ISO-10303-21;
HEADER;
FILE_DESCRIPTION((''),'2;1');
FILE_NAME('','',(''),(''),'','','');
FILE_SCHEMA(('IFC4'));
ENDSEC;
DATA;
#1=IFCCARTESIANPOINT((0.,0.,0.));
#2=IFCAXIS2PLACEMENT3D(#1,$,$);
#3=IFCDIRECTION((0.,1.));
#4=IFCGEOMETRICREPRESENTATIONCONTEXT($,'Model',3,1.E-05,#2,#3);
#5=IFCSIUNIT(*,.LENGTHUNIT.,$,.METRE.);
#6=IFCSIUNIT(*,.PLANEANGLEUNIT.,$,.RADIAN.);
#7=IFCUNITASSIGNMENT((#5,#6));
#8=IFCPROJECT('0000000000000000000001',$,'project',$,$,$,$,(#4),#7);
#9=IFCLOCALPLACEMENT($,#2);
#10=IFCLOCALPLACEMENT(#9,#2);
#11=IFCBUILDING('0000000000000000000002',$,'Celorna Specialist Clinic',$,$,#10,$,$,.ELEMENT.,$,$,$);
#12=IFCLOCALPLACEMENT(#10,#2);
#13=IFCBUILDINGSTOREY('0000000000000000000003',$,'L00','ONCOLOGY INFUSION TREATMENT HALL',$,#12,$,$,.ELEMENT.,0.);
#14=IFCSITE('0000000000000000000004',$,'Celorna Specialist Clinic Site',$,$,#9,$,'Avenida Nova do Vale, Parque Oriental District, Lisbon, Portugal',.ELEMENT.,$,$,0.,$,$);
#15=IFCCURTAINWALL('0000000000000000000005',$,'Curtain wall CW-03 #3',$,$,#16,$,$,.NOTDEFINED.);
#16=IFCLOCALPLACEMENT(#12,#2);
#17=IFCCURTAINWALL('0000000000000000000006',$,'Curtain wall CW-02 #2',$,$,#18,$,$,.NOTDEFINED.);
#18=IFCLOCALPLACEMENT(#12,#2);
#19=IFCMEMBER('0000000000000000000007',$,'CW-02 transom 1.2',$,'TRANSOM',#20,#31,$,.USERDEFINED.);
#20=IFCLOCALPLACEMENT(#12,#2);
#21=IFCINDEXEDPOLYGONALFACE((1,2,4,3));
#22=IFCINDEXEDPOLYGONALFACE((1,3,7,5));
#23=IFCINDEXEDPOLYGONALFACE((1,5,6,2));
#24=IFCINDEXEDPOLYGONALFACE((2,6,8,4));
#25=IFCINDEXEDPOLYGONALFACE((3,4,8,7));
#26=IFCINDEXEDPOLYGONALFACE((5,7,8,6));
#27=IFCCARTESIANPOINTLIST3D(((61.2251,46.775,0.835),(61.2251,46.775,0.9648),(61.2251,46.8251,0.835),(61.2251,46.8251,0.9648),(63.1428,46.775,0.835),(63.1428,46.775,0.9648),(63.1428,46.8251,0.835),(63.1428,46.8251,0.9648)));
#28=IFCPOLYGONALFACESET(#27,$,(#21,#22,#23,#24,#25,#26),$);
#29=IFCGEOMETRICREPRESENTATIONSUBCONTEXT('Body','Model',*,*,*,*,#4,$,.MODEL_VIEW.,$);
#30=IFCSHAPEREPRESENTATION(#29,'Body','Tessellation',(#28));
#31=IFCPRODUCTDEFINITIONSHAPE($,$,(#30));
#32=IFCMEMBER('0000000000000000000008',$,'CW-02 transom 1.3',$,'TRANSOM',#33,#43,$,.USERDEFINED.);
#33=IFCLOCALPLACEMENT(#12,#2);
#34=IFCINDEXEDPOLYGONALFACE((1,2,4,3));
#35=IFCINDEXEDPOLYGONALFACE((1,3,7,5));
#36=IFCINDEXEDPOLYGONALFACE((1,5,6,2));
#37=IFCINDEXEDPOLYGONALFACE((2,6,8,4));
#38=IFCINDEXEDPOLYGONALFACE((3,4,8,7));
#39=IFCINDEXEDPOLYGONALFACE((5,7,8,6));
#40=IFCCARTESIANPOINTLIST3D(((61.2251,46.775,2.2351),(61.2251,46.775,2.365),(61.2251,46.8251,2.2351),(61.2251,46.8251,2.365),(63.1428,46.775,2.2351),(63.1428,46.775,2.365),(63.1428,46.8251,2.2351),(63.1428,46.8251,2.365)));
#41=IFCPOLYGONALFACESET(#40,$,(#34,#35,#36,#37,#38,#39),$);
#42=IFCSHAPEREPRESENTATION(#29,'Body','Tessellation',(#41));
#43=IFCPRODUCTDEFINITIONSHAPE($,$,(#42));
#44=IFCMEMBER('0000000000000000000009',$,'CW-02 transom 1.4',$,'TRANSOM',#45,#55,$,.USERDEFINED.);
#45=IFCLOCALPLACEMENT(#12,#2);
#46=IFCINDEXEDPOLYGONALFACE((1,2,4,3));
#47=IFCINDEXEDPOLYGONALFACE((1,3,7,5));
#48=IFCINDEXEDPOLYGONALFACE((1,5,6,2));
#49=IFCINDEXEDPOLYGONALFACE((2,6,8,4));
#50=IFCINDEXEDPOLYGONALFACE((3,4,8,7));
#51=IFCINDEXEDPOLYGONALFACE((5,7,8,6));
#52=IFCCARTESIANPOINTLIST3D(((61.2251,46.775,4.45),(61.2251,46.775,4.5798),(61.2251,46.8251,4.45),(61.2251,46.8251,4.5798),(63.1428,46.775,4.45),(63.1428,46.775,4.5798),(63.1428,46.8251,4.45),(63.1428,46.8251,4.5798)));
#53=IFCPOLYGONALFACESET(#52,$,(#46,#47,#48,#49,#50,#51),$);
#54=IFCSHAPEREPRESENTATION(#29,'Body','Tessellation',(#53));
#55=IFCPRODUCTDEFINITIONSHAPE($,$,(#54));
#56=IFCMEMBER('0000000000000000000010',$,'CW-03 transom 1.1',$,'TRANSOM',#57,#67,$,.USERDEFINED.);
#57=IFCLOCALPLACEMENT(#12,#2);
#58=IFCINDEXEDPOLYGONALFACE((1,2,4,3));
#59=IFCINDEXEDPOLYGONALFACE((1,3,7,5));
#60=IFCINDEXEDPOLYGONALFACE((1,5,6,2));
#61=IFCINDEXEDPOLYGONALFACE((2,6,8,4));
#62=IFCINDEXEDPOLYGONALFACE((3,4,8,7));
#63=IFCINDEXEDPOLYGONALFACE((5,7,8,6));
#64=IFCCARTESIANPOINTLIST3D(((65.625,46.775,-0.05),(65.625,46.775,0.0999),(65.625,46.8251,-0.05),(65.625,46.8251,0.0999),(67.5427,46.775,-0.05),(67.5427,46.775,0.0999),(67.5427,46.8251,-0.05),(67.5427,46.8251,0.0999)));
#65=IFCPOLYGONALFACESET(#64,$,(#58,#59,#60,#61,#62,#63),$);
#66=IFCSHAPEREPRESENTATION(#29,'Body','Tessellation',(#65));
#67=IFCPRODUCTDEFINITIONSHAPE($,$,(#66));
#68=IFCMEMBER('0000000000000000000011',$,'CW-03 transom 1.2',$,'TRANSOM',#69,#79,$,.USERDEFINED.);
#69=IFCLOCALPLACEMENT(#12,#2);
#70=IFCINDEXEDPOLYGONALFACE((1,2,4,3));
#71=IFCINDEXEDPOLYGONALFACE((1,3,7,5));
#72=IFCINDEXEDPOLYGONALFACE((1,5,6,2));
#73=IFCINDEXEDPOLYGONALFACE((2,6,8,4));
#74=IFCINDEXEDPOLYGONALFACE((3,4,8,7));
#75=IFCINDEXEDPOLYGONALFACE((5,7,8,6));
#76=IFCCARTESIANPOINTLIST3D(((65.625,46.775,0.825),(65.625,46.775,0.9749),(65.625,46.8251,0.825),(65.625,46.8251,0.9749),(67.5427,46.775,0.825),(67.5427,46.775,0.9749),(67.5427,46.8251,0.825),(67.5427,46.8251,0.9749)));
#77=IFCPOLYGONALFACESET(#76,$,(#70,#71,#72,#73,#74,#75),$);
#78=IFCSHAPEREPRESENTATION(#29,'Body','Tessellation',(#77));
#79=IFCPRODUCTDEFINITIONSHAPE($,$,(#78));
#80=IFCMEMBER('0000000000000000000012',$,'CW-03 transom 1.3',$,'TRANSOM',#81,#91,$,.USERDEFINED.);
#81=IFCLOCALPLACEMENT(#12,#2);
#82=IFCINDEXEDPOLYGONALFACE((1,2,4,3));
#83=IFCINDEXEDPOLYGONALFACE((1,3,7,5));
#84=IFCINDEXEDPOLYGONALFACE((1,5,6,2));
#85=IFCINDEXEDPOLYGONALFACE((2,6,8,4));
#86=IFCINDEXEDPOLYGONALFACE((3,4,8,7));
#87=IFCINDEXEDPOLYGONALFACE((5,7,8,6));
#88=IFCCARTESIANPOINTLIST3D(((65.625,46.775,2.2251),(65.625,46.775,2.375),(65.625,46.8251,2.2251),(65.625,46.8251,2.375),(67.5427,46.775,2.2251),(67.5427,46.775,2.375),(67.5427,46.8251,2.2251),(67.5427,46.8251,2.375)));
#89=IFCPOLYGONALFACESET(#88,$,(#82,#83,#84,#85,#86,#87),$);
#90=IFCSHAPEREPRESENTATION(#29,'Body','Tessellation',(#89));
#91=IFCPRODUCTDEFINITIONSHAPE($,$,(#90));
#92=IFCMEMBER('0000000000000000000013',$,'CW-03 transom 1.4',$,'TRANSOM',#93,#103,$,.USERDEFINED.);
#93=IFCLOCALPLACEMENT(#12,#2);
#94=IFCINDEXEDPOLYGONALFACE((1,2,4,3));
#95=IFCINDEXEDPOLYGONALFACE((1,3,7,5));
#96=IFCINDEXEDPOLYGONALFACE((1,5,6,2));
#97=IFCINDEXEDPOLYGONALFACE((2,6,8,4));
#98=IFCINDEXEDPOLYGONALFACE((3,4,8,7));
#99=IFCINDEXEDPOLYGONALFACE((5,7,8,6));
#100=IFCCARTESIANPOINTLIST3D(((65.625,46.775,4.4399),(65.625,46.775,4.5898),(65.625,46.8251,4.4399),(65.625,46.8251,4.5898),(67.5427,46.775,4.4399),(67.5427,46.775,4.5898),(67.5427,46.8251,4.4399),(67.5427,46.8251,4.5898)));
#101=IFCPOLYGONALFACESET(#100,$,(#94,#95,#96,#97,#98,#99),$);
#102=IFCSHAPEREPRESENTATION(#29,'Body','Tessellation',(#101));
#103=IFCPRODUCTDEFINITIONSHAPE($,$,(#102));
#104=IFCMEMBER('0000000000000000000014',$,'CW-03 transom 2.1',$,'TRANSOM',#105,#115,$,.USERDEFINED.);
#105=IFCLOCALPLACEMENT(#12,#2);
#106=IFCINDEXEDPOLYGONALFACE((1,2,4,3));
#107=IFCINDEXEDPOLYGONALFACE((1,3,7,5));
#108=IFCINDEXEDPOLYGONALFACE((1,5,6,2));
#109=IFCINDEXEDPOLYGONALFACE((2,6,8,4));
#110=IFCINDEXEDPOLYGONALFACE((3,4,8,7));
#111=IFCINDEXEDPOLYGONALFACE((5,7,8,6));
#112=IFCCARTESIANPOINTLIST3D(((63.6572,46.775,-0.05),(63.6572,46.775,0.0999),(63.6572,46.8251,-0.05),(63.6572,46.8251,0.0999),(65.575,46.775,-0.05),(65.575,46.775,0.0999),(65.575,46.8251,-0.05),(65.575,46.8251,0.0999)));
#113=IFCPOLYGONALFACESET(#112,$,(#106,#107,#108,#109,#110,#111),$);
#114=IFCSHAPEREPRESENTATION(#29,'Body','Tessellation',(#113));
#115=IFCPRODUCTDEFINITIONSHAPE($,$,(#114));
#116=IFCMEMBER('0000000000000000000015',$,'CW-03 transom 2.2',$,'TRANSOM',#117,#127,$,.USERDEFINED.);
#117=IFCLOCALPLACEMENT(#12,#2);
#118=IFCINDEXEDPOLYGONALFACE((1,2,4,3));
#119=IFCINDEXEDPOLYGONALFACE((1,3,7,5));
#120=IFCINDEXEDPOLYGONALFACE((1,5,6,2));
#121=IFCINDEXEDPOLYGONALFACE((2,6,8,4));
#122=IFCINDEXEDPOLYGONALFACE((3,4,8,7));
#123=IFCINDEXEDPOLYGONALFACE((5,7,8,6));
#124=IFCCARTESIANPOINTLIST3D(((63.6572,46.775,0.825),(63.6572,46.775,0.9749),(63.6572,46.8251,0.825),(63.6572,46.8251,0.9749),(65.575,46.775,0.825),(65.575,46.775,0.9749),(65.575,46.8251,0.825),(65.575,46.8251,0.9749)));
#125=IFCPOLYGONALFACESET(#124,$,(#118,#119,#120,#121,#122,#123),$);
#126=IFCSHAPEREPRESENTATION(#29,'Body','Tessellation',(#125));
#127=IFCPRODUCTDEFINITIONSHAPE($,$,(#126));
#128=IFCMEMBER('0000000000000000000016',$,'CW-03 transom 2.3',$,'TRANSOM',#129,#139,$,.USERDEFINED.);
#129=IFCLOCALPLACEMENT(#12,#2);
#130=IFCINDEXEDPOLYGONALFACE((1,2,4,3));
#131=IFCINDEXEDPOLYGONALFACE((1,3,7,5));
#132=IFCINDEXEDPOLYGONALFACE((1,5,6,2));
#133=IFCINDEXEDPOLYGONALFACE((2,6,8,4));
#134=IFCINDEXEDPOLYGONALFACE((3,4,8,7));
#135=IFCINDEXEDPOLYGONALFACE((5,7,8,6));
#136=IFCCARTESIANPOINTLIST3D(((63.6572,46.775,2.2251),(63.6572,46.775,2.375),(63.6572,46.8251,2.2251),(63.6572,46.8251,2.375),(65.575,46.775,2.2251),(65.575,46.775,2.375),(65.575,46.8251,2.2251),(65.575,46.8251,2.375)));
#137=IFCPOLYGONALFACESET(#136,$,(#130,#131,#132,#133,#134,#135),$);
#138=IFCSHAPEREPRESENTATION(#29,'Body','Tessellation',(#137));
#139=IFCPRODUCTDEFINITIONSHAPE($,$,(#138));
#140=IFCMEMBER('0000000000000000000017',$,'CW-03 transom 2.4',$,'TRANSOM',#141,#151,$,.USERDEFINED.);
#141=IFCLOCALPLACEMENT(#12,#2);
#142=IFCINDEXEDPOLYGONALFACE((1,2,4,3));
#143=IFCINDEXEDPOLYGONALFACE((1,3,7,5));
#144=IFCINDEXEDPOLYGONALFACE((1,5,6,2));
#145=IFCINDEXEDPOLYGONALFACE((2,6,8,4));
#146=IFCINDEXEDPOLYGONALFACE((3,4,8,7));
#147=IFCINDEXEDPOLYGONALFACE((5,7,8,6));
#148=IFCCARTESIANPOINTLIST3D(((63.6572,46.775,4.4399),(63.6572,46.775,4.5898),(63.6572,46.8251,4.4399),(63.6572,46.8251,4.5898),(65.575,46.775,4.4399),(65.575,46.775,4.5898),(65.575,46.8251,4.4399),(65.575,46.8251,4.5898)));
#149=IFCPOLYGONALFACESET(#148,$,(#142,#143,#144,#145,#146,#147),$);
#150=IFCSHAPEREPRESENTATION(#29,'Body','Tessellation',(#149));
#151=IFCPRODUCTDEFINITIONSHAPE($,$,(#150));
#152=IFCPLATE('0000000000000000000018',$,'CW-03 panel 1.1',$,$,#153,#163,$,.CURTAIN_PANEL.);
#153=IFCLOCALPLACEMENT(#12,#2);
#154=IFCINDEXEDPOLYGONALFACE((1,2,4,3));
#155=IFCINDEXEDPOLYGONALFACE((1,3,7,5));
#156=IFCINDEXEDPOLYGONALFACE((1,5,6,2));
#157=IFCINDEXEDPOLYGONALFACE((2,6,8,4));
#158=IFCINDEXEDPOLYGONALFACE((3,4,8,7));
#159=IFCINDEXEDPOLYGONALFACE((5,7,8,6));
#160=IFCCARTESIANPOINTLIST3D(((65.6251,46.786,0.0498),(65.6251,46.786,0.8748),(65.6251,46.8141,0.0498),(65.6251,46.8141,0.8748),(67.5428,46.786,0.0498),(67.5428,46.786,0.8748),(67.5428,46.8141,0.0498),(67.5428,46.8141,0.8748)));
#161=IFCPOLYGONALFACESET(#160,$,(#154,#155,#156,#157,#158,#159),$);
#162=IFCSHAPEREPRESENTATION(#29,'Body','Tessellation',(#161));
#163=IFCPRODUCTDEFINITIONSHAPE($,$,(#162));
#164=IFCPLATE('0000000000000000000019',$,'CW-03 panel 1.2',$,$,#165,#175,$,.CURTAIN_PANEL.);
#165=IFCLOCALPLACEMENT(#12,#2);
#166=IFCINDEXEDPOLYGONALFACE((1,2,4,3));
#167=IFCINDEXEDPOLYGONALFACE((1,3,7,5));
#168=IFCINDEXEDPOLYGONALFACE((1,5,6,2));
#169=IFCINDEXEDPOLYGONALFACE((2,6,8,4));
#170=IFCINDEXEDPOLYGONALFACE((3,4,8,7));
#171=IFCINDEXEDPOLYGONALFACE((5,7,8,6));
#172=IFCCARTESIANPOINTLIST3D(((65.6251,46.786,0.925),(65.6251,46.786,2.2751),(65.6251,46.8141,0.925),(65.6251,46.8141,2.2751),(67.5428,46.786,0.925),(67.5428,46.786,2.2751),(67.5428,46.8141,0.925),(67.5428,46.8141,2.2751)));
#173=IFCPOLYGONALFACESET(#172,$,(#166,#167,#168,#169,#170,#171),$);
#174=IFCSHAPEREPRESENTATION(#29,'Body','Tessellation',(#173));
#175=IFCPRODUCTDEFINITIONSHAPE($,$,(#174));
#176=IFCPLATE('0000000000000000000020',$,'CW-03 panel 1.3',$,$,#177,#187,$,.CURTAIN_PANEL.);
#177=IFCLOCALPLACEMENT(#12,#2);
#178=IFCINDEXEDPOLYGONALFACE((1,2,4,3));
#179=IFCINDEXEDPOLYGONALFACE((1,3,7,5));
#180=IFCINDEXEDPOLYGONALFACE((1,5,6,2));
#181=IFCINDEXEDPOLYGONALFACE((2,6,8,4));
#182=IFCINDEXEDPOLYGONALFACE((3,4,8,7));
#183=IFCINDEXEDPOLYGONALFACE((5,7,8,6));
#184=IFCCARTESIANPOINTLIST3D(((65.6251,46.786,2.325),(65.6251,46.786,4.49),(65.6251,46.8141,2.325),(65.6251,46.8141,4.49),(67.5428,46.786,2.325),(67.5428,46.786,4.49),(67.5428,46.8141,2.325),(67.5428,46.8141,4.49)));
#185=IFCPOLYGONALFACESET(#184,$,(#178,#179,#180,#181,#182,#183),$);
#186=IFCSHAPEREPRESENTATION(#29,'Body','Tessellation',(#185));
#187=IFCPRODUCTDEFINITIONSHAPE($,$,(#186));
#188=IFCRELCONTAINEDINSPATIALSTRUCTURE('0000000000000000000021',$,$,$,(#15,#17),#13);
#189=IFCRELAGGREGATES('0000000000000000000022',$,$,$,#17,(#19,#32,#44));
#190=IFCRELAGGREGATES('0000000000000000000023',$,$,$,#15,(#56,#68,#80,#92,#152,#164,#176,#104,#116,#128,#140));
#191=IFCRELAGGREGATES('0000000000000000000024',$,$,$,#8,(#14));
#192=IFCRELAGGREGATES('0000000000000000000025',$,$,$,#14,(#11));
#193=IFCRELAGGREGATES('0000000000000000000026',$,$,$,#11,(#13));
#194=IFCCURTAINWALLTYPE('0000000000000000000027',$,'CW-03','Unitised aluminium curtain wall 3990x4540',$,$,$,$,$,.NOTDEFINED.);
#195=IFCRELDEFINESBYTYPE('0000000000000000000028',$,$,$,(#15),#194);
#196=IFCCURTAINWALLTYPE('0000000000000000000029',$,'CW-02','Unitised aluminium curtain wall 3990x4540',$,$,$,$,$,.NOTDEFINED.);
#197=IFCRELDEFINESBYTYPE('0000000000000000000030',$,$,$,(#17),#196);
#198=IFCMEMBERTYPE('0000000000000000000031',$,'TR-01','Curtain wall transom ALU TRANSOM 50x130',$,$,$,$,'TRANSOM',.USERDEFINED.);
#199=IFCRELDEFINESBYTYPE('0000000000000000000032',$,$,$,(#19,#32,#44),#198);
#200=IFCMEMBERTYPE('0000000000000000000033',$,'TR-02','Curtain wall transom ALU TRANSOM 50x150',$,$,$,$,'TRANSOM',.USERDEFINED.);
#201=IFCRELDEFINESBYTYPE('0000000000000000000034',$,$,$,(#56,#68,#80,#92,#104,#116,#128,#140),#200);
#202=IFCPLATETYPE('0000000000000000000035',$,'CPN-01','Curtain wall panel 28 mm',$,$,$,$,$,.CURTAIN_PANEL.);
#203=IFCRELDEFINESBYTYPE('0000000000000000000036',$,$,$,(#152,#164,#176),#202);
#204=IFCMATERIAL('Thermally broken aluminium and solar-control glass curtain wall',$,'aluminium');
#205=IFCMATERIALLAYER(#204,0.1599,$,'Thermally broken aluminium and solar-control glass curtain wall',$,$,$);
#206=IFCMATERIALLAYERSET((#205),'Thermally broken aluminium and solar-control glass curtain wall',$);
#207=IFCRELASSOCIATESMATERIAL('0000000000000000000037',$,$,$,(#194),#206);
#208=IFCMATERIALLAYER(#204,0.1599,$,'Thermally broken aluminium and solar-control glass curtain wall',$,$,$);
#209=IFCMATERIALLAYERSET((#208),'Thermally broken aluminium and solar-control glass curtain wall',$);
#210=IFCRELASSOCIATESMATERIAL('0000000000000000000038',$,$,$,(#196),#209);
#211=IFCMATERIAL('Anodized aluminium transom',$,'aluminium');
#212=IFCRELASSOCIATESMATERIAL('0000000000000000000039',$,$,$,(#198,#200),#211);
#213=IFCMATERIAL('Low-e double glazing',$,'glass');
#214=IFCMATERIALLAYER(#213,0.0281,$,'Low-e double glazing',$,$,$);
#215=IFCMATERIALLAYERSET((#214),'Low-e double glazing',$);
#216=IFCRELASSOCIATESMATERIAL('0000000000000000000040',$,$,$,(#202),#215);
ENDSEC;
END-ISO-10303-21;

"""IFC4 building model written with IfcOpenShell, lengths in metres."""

from ifc_helpers import new_model, si_unit, direction, frame, origin, origin_2d, place, context, subcontext, project, spatial, rectangle, extrude, material, layer, layer_set, material_profile, profile_set, type_object, element, aggregate, save


model = new_model("IFC4")

# Units and contexts
model_context = context("Model", 3, precision=1e-05, world=origin(), true_north=direction((0.0, 1.0)))
body_context = subcontext(model_context, "Body", "Model", "MODEL_VIEW")
ifc_project = project(units=[si_unit("LENGTHUNIT", "METRE"), si_unit("PLANEANGLEUNIT", "RADIAN")], contexts=[model_context])

# Site, building, storey
site_placement = place(None, origin())
site = spatial("IfcSite", under=ifc_project, at=site_placement, Name="Celorna Specialist Clinic Site", LongName="Avenida Nova do Vale, Parque Oriental District, Lisbon, Portugal", CompositionType="ELEMENT", RefElevation=0.0)
building_placement = place(site_placement, origin())
building = spatial("IfcBuilding", under=site, at=building_placement, Name="Celorna Specialist Clinic", CompositionType="ELEMENT")
storey_placement = place(building_placement, origin())
storey = spatial("IfcBuildingStorey", under=building, at=storey_placement, Name="L00", Description="ONCOLOGY INFUSION TREATMENT HALL", CompositionType="ELEMENT", Elevation=0.0)

# Curtain walls, members
ifc_material_1 = material(Name="Thermally broken aluminium and solar-control glass curtain wall", Category="aluminium")
ifc_layer_1 = layer(ifc_material_1, 0.1599, Name="Thermally broken aluminium and solar-control glass curtain wall")
ifc_layer_set_1 = layer_set([ifc_layer_1], Name="Thermally broken aluminium and solar-control glass curtain wall")
curtain_wall_type_1 = type_object("IfcCurtainWallType", Name="CW-03", Description="Unitised aluminium curtain wall 3990x4540", PredefinedType="NOTDEFINED", material=ifc_layer_set_1)
curtain_wall_1_placement = place(storey_placement, origin())
curtain_wall_1 = element("IfcCurtainWall", 1, at=curtain_wall_1_placement, inside=storey, type_object=curtain_wall_type_1, Name="Curtain wall CW-03 #3", PredefinedType="NOTDEFINED")
ifc_layer_2 = layer(ifc_material_1, 0.1599, Name="Thermally broken aluminium and solar-control glass curtain wall")
ifc_layer_set_2 = layer_set([ifc_layer_2], Name="Thermally broken aluminium and solar-control glass curtain wall")
curtain_wall_type_2 = type_object("IfcCurtainWallType", Name="CW-02", Description="Unitised aluminium curtain wall 3990x4540", PredefinedType="NOTDEFINED", material=ifc_layer_set_2)
curtain_wall_2_placement = place(storey_placement, origin())
curtain_wall_2 = element("IfcCurtainWall", 2, at=curtain_wall_2_placement, inside=storey, type_object=curtain_wall_type_2, Name="Curtain wall CW-02 #2", PredefinedType="NOTDEFINED")
ifc_material_2 = material(Name="Anodized aluminium transom", Category="aluminium")
ifc_material_profile_1 = material_profile(ifc_material_2, rectangle(XDim=0.05, YDim=0.1299, at=origin_2d()), Name="ALU TRANSOM 50x130")
ifc_profile_set_1 = profile_set([ifc_material_profile_1], Name="Anodized aluminium transom")
member_type_1 = type_object("IfcMemberType", Name="TR-01", Description="Curtain wall transom ALU TRANSOM 50x130", ElementType="TRANSOM", PredefinedType="USERDEFINED", material=ifc_profile_set_1)
member_1_placement = place(storey_placement, frame((63.1428, 46.8, 0.8999), z_axis=(-1.0, 0.0, 0.0), x_axis=(0.0, -1.0, 0.0)))
member_1 = element("IfcMember", 3, at=member_1_placement, type_object=member_type_1, Name="CW-02 transom 1.2", ObjectType="TRANSOM", PredefinedType="USERDEFINED", context=body_context, shape_type="SweptSolid", body=[
    extrude(rectangle(XDim=0.05, YDim=0.1299, at=origin_2d()), origin(), (0.0, 0.0, 1.0), 1.9177),
])
member_2_placement = place(storey_placement, frame((63.1428, 46.8, 2.3), z_axis=(-1.0, 0.0, 0.0), x_axis=(0.0, -1.0, 0.0)))
member_2 = element("IfcMember", 4, at=member_2_placement, type_object=member_type_1, Name="CW-02 transom 1.3", ObjectType="TRANSOM", PredefinedType="USERDEFINED", context=body_context, shape_type="SweptSolid", body=[
    extrude(rectangle(XDim=0.05, YDim=0.1299, at=origin_2d()), origin(), (0.0, 0.0, 1.0), 1.9177),
])
member_3_placement = place(storey_placement, frame((63.1428, 46.8, 4.5149), z_axis=(-1.0, 0.0, 0.0), x_axis=(0.0, -1.0, 0.0)))
member_3 = element("IfcMember", 5, at=member_3_placement, type_object=member_type_1, Name="CW-02 transom 1.4", ObjectType="TRANSOM", PredefinedType="USERDEFINED", context=body_context, shape_type="SweptSolid", body=[
    extrude(rectangle(XDim=0.05, YDim=0.1299, at=origin_2d()), origin(), (0.0, 0.0, 1.0), 1.9177),
])
aggregate(curtain_wall_2, [member_1, member_2, member_3])

# Members
ifc_material_profile_2 = material_profile(ifc_material_2, rectangle(XDim=0.05, YDim=0.1499, at=origin_2d()), Name="ALU TRANSOM 50x150")
ifc_profile_set_2 = profile_set([ifc_material_profile_2], Name="Anodized aluminium transom")
member_type_2 = type_object("IfcMemberType", Name="TR-02", Description="Curtain wall transom ALU TRANSOM 50x150", ElementType="TRANSOM", PredefinedType="USERDEFINED", material=ifc_profile_set_2)
member_4_placement = place(storey_placement, frame((67.5427, 46.8, 0.0249), z_axis=(-1.0, 0.0, 0.0), x_axis=(0.0, -1.0, 0.0)))
member_4 = element("IfcMember", 6, at=member_4_placement, type_object=member_type_2, Name="CW-03 transom 1.1", ObjectType="TRANSOM", PredefinedType="USERDEFINED", context=body_context, shape_type="SweptSolid", body=[
    extrude(rectangle(XDim=0.05, YDim=0.1499, at=origin_2d()), origin(), (0.0, 0.0, 1.0), 1.9177),
])
member_5_placement = place(storey_placement, frame((67.5427, 46.8, 0.8999), z_axis=(-1.0, 0.0, 0.0), x_axis=(0.0, -1.0, 0.0)))
member_5 = element("IfcMember", 7, at=member_5_placement, type_object=member_type_2, Name="CW-03 transom 1.2", ObjectType="TRANSOM", PredefinedType="USERDEFINED", context=body_context, shape_type="SweptSolid", body=[
    extrude(rectangle(XDim=0.05, YDim=0.1499, at=origin_2d()), origin(), (0.0, 0.0, 1.0), 1.9177),
])
member_6_placement = place(storey_placement, frame((67.5427, 46.8, 2.3), z_axis=(-1.0, 0.0, 0.0), x_axis=(0.0, -1.0, 0.0)))
member_6 = element("IfcMember", 8, at=member_6_placement, type_object=member_type_2, Name="CW-03 transom 1.3", ObjectType="TRANSOM", PredefinedType="USERDEFINED", context=body_context, shape_type="SweptSolid", body=[
    extrude(rectangle(XDim=0.05, YDim=0.1499, at=origin_2d()), origin(), (0.0, 0.0, 1.0), 1.9177),
])
member_7_placement = place(storey_placement, frame((67.5427, 46.8, 4.5149), z_axis=(-1.0, 0.0, 0.0), x_axis=(0.0, -1.0, 0.0)))
member_7 = element("IfcMember", 9, at=member_7_placement, type_object=member_type_2, Name="CW-03 transom 1.4", ObjectType="TRANSOM", PredefinedType="USERDEFINED", context=body_context, shape_type="SweptSolid", body=[
    extrude(rectangle(XDim=0.05, YDim=0.1499, at=origin_2d()), origin(), (0.0, 0.0, 1.0), 1.9177),
])
member_8_placement = place(storey_placement, frame((65.575, 46.8, 0.0249), z_axis=(-1.0, 0.0, 0.0), x_axis=(0.0, -1.0, 0.0)))
member_8 = element("IfcMember", 10, at=member_8_placement, type_object=member_type_2, Name="CW-03 transom 2.1", ObjectType="TRANSOM", PredefinedType="USERDEFINED", context=body_context, shape_type="SweptSolid", body=[
    extrude(rectangle(XDim=0.05, YDim=0.1499, at=origin_2d()), origin(), (0.0, 0.0, 1.0), 1.9177),
])
member_9_placement = place(storey_placement, frame((65.575, 46.8, 0.8999), z_axis=(-1.0, 0.0, 0.0), x_axis=(0.0, -1.0, 0.0)))
member_9 = element("IfcMember", 11, at=member_9_placement, type_object=member_type_2, Name="CW-03 transom 2.2", ObjectType="TRANSOM", PredefinedType="USERDEFINED", context=body_context, shape_type="SweptSolid", body=[
    extrude(rectangle(XDim=0.05, YDim=0.1499, at=origin_2d()), origin(), (0.0, 0.0, 1.0), 1.9177),
])
member_10_placement = place(storey_placement, frame((65.575, 46.8, 2.3), z_axis=(-1.0, 0.0, 0.0), x_axis=(0.0, -1.0, 0.0)))
member_10 = element("IfcMember", 12, at=member_10_placement, type_object=member_type_2, Name="CW-03 transom 2.3", ObjectType="TRANSOM", PredefinedType="USERDEFINED", context=body_context, shape_type="SweptSolid", body=[
    extrude(rectangle(XDim=0.05, YDim=0.1499, at=origin_2d()), origin(), (0.0, 0.0, 1.0), 1.9177),
])
member_11_placement = place(storey_placement, frame((65.575, 46.8, 4.5149), z_axis=(-1.0, 0.0, 0.0), x_axis=(0.0, -1.0, 0.0)))
member_11 = element("IfcMember", 13, at=member_11_placement, type_object=member_type_2, Name="CW-03 transom 2.4", ObjectType="TRANSOM", PredefinedType="USERDEFINED", context=body_context, shape_type="SweptSolid", body=[
    extrude(rectangle(XDim=0.05, YDim=0.1499, at=origin_2d()), origin(), (0.0, 0.0, 1.0), 1.9177),
])

# Plates
ifc_material_3 = material(Name="Low-e double glazing", Category="glass")
ifc_layer_3 = layer(ifc_material_3, 0.0281, Name="Low-e double glazing")
ifc_layer_set_3 = layer_set([ifc_layer_3], Name="Low-e double glazing")
plate_type = type_object("IfcPlateType", Name="CPN-01", Description="Curtain wall panel 28 mm", PredefinedType="CURTAIN_PANEL", material=ifc_layer_set_3)
plate_1_placement = place(storey_placement, frame((66.584, 46.8, 0.0498), z_axis=(0.0, 0.0, 1.0), x_axis=(-1.0, 0.0, 0.0)))
plate_1 = element("IfcPlate", 14, at=plate_1_placement, type_object=plate_type, Name="CW-03 panel 1.1", PredefinedType="CURTAIN_PANEL", context=body_context, shape_type="SweptSolid", body=[
    extrude(rectangle(XDim=1.9177, YDim=0.0281, at=origin_2d()), origin(), (0.0, 0.0, 1.0), 0.825),
])
plate_2_placement = place(storey_placement, frame((66.584, 46.8, 0.925), z_axis=(0.0, 0.0, 1.0), x_axis=(-1.0, 0.0, 0.0)))
plate_2 = element("IfcPlate", 15, at=plate_2_placement, type_object=plate_type, Name="CW-03 panel 1.2", PredefinedType="CURTAIN_PANEL", context=body_context, shape_type="SweptSolid", body=[
    extrude(rectangle(XDim=1.9177, YDim=0.0281, at=origin_2d()), origin(), (0.0, 0.0, 1.0), 1.3501),
])
plate_3_placement = place(storey_placement, frame((66.584, 46.8, 2.325), z_axis=(0.0, 0.0, 1.0), x_axis=(-1.0, 0.0, 0.0)))
plate_3 = element("IfcPlate", 16, at=plate_3_placement, type_object=plate_type, Name="CW-03 panel 1.3", PredefinedType="CURTAIN_PANEL", context=body_context, shape_type="SweptSolid", body=[
    extrude(rectangle(XDim=1.9177, YDim=0.0281, at=origin_2d()), origin(), (0.0, 0.0, 1.0), 2.165),
])
aggregate(curtain_wall_1, [member_4, member_5, member_6, member_7, plate_1, plate_2, plate_3, member_8, member_9, member_10, member_11])

save(model, "model.ifc")
